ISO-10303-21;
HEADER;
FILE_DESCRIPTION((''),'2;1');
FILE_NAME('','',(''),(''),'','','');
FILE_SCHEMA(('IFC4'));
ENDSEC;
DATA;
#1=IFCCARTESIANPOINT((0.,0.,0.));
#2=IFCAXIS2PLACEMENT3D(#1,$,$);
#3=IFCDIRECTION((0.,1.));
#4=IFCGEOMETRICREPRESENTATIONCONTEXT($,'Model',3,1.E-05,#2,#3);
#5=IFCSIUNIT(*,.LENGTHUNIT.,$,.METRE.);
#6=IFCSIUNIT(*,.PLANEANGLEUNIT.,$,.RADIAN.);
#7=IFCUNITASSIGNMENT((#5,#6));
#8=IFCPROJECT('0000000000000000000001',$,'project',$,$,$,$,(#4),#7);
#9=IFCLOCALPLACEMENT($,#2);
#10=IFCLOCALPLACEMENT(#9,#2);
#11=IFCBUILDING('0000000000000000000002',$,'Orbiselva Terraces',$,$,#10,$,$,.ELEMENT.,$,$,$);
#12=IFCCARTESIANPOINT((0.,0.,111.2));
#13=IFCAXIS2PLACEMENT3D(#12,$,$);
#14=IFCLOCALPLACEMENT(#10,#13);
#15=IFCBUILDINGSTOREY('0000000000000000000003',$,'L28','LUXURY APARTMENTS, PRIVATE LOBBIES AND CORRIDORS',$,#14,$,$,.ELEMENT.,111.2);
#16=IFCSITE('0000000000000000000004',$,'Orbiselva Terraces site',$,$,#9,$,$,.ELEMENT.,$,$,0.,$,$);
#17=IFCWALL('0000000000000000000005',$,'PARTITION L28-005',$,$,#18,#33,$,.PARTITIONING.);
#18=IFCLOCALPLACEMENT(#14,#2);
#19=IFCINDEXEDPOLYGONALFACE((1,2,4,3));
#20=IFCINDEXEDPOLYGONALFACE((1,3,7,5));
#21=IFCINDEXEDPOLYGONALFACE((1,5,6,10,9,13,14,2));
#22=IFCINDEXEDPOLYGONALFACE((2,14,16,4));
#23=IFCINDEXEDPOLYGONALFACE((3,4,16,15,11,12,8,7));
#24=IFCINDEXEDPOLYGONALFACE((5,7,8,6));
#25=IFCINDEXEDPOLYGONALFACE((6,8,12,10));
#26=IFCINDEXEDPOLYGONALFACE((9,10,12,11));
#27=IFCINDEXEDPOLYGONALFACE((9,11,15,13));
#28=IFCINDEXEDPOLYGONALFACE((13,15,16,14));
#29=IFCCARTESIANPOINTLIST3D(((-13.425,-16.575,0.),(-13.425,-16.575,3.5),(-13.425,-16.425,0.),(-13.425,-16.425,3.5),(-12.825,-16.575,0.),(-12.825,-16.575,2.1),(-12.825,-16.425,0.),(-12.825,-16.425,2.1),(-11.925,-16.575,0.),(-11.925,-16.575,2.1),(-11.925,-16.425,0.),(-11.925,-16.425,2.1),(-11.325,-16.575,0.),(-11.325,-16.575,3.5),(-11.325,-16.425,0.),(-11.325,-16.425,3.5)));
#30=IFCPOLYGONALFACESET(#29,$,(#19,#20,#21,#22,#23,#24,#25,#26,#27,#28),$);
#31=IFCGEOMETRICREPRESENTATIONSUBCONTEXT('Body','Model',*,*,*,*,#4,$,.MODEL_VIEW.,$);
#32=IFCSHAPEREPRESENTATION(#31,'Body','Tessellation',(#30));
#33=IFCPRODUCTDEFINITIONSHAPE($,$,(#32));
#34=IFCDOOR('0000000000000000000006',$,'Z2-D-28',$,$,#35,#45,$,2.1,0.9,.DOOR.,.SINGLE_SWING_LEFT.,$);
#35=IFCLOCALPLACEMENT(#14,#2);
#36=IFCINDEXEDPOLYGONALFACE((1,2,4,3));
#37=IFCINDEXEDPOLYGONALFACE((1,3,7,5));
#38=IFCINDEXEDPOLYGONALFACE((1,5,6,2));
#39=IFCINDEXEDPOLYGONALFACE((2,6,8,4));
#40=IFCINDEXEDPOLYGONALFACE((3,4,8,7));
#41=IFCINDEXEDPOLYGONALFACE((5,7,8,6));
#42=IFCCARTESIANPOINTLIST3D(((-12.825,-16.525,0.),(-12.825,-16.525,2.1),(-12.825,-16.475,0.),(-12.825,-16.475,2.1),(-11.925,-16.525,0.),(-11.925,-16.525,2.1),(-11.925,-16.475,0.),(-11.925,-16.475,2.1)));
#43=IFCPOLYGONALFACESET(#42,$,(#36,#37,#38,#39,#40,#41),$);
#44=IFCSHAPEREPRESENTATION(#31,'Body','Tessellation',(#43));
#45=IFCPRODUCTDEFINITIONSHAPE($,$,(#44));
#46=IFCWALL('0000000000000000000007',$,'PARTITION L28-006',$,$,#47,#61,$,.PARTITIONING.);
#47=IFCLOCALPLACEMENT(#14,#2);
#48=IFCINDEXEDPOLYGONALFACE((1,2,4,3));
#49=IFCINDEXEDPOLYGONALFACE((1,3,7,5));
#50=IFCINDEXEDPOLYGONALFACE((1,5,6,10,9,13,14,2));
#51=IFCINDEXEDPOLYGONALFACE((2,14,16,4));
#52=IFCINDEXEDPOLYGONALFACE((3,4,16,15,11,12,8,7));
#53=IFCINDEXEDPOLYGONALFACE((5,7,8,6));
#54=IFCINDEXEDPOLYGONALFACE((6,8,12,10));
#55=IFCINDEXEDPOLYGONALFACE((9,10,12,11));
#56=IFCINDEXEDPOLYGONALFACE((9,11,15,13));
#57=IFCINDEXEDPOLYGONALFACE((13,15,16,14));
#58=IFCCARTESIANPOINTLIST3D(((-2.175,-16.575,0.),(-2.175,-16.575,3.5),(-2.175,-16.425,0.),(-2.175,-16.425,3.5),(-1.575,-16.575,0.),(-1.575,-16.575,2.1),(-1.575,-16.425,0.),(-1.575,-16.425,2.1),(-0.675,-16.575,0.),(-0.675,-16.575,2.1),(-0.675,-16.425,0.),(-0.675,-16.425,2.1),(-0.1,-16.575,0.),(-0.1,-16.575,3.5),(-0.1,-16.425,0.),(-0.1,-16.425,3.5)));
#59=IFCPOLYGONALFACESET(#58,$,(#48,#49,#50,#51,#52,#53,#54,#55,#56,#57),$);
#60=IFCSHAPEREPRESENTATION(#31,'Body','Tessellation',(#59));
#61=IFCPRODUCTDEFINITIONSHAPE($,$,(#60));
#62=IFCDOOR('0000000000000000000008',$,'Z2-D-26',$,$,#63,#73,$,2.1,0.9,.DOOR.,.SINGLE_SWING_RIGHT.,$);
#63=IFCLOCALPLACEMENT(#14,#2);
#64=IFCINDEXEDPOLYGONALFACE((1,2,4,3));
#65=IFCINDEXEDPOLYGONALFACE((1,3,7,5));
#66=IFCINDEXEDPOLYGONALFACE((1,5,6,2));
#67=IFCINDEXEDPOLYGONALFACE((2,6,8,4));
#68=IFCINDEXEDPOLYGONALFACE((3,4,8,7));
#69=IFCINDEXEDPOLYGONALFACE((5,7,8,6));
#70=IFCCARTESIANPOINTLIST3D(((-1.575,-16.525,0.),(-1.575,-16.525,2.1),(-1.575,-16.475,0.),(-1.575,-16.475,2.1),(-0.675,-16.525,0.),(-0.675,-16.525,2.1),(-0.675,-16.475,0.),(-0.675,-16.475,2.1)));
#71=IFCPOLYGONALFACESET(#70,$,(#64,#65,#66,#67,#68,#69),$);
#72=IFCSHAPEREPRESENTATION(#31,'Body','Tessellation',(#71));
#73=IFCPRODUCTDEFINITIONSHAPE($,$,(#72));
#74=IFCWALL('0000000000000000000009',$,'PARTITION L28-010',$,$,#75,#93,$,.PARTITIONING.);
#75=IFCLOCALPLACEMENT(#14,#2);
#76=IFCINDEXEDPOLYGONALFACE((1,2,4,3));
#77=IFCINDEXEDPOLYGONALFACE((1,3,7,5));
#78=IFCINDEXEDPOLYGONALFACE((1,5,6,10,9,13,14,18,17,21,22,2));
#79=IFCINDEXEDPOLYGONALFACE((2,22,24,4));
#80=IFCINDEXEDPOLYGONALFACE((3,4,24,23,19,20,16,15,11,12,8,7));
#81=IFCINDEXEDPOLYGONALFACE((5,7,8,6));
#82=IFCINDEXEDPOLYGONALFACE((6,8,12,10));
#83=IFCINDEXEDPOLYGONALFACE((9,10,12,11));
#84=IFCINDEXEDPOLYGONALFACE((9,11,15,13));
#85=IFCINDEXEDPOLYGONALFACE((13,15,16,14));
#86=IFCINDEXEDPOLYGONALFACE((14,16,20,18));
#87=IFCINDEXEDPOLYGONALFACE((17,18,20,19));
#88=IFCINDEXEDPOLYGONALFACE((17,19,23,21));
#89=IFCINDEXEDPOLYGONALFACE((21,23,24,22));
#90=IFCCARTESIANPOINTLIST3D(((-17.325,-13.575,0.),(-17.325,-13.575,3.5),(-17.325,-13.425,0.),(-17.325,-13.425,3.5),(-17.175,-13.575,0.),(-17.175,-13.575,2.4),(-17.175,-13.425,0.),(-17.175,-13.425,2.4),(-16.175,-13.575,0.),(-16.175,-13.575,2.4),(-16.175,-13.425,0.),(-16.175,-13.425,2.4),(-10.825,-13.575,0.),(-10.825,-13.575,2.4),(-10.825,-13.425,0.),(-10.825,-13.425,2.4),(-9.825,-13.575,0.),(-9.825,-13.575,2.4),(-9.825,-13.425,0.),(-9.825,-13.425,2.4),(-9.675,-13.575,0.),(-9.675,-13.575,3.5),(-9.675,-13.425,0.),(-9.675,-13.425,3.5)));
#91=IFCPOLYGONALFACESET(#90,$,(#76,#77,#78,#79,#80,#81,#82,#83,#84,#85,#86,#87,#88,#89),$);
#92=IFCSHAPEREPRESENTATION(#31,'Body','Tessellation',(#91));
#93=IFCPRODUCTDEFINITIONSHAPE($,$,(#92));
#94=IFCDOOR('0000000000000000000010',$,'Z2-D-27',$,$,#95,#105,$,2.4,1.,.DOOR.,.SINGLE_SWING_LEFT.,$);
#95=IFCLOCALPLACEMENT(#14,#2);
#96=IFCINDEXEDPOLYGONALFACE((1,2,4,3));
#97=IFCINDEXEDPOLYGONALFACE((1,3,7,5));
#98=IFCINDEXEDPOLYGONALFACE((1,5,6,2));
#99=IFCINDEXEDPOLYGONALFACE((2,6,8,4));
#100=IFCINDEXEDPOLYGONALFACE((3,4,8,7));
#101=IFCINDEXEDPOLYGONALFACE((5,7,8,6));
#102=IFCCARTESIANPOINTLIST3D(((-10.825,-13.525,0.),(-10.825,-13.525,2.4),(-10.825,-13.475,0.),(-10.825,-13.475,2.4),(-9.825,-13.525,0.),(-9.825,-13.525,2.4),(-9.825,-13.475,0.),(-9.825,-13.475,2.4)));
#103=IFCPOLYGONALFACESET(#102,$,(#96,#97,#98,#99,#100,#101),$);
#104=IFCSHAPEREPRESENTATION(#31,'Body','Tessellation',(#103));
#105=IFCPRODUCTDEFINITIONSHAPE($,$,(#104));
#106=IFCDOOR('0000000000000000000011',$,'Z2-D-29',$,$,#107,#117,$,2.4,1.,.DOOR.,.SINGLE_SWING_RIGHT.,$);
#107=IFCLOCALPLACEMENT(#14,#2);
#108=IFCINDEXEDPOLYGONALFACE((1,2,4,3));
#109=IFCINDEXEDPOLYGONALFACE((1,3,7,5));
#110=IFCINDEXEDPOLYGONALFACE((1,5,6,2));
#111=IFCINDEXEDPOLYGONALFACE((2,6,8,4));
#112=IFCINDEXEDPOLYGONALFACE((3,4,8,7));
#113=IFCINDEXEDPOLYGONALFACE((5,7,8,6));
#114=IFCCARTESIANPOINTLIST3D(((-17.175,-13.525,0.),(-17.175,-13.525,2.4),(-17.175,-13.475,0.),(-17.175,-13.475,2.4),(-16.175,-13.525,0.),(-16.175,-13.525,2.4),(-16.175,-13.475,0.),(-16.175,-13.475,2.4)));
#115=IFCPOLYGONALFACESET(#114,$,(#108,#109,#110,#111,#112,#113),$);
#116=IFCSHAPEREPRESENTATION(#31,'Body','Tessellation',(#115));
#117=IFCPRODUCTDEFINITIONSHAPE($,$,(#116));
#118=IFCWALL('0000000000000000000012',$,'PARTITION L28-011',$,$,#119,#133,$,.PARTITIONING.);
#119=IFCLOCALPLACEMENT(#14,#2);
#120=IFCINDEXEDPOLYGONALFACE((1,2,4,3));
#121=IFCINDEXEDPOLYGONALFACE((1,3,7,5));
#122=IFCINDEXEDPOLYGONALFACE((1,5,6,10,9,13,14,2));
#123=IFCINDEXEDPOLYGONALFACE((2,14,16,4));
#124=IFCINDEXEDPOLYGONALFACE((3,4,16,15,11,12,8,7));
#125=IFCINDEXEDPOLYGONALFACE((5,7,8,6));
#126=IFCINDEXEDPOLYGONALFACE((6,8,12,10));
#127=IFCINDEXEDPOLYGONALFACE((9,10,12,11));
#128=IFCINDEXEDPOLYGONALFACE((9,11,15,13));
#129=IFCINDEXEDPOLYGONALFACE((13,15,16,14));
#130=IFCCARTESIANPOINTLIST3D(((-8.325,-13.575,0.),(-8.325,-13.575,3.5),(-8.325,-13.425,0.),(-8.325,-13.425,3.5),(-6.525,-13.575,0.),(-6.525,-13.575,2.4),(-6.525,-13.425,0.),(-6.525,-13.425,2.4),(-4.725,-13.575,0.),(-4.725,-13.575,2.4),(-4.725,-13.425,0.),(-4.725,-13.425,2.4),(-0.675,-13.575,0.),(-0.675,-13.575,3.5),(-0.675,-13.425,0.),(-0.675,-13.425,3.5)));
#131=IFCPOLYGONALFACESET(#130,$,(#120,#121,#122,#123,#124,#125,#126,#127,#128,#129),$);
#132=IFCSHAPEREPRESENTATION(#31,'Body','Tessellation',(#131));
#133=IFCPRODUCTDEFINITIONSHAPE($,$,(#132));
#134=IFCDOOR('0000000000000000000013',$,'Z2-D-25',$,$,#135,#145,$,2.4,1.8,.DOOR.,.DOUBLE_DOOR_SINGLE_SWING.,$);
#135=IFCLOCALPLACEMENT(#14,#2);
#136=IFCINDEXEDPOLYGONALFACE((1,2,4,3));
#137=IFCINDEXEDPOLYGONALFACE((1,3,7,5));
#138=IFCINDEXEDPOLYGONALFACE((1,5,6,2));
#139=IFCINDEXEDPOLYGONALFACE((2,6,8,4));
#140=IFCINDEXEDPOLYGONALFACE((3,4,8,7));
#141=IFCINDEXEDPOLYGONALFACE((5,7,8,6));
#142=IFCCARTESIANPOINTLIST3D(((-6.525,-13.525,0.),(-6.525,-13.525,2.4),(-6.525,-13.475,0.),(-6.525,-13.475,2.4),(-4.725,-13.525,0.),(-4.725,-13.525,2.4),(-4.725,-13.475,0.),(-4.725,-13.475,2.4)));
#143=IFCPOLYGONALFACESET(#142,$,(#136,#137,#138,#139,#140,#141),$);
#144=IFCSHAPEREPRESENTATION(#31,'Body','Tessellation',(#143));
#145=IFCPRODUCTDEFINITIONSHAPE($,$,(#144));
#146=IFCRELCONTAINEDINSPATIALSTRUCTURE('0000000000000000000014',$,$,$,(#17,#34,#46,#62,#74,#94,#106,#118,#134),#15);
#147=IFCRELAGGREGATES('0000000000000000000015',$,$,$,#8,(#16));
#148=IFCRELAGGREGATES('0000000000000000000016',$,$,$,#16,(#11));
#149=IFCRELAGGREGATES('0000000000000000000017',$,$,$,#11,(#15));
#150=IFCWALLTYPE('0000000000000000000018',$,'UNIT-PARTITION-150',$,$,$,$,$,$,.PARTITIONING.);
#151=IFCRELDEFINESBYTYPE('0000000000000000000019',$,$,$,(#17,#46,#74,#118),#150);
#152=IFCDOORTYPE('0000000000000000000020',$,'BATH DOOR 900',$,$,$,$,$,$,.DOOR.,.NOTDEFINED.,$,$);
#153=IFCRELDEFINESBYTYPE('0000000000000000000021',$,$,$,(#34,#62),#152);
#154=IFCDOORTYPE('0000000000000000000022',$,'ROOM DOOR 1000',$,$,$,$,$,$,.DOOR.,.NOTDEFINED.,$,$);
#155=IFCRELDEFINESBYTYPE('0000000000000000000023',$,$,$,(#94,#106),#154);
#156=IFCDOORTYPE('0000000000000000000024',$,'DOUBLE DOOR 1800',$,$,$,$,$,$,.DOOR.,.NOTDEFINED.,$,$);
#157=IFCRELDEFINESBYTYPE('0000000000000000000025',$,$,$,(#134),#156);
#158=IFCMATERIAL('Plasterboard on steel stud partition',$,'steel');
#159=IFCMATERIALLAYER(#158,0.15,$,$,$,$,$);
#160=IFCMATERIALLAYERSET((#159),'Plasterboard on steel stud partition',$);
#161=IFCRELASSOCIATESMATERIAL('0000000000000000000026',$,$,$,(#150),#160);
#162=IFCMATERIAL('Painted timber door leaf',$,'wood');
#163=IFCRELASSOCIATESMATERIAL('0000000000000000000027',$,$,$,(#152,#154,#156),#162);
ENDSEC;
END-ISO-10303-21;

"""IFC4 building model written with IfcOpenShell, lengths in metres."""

from ifc_helpers import new_model, si_unit, direction, frame, frame_2d, origin, place, context, subcontext, project, spatial, rectangle, extrude, material, layer, layer_set, type_object, element, fill, save


model = new_model("IFC4")

# Units and contexts
model_context = context("Model", 3, precision=1e-05, world=origin(), true_north=direction((0.0, 1.0)))
body_context = subcontext(model_context, "Body", "Model", "MODEL_VIEW")
ifc_project = project(units=[si_unit("LENGTHUNIT", "METRE"), si_unit("PLANEANGLEUNIT", "RADIAN")], contexts=[model_context])

# Site, building, storey
site_placement = place(None, origin())
site = spatial("IfcSite", under=ifc_project, at=site_placement, Name="Orbiselva Terraces site", CompositionType="ELEMENT", RefElevation=0.0)
building_placement = place(site_placement, origin())
building = spatial("IfcBuilding", under=site, at=building_placement, Name="Orbiselva Terraces", CompositionType="ELEMENT")
storey_placement = place(building_placement, frame((0.0, 0.0, 111.2)))
storey = spatial("IfcBuildingStorey", under=building, at=storey_placement, Name="L28", Description="LUXURY APARTMENTS, PRIVATE LOBBIES AND CORRIDORS", CompositionType="ELEMENT", Elevation=111.2)

# Walls, openings, doors
ifc_material_1 = material(Name="Plasterboard on steel stud partition", Category="steel")
ifc_layer_1 = layer(ifc_material_1, 0.15)
ifc_layer_set_1 = layer_set([ifc_layer_1], Name="Plasterboard on steel stud partition")
wall_type_1 = type_object("IfcWallType", Name="UNIT-PARTITION-150", PredefinedType="PARTITIONING", material=ifc_layer_set_1)
wall_1_placement = place(storey_placement, frame((-13.425, -16.5, 0.0), z_axis=(0.0, 0.0, 1.0), x_axis=(1.0, 0.0, 0.0)))
wall_1 = element("IfcWall", 1, at=wall_1_placement, inside=storey, type_object=wall_type_1, Name="PARTITION L28-005", PredefinedType="PARTITIONING", context=body_context, shape_type="SweptSolid", body=[
    extrude(rectangle(XDim=2.1, YDim=0.15, at=frame_2d((1.05, 0.0))), origin(), (0.0, 0.0, 1.0), 3.5),
])
opening_1_placement = place(wall_1_placement, frame((0.6, 0.0, 0.0)))
opening_1 = element("IfcOpeningElement", 2, at=opening_1_placement, cuts=wall_1, PredefinedType="OPENING", context=body_context, shape_type="SweptSolid", body=[
    extrude(rectangle(XDim=0.9, YDim=2.1, at=frame_2d((0.45, 1.05))), frame((0.0, 0.085, 0.0), z_axis=(0.0, -1.0, 0.0), x_axis=(1.0, 0.0, 0.0)), (0.0, 0.0, 1.0), 0.17),
])
ifc_material_2 = material(Name="Painted timber door leaf", Category="wood")
door_type_1 = type_object("IfcDoorType", Name="BATH DOOR 900", OperationType="NOTDEFINED", PredefinedType="DOOR", material=ifc_material_2)
door_1_placement = place(opening_1_placement, origin())
door_1 = element("IfcDoor", 3, at=door_1_placement, inside=storey, type_object=door_type_1, Name="Z2-D-28", OperationType="SINGLE_SWING_LEFT", OverallHeight=2.1, OverallWidth=0.9, PredefinedType="DOOR", context=body_context, shape_type="SweptSolid", body=[
    extrude(rectangle(XDim=0.9, YDim=2.1, at=frame_2d((0.45, 1.05))), frame((0.0, 0.025, 0.0), z_axis=(0.0, -1.0, 0.0), x_axis=(1.0, 0.0, 0.0)), (0.0, 0.0, 1.0), 0.05),
])
fill(opening_1, door_1)
wall_2_placement = place(storey_placement, frame((-2.175, -16.5, 0.0), z_axis=(0.0, 0.0, 1.0), x_axis=(1.0, 0.0, 0.0)))
wall_2 = element("IfcWall", 4, at=wall_2_placement, inside=storey, type_object=wall_type_1, Name="PARTITION L28-006", PredefinedType="PARTITIONING", context=body_context, shape_type="SweptSolid", body=[
    extrude(rectangle(XDim=2.075, YDim=0.15, at=frame_2d((1.0375, 0.0))), origin(), (0.0, 0.0, 1.0), 3.5),
])
opening_2_placement = place(wall_2_placement, frame((0.6, 0.0, 0.0)))
opening_2 = element("IfcOpeningElement", 5, at=opening_2_placement, cuts=wall_2, PredefinedType="OPENING", context=body_context, shape_type="SweptSolid", body=[
    extrude(rectangle(XDim=0.9, YDim=2.1, at=frame_2d((0.45, 1.05))), frame((0.0, 0.085, 0.0), z_axis=(0.0, -1.0, 0.0), x_axis=(1.0, 0.0, 0.0)), (0.0, 0.0, 1.0), 0.17),
])
door_2_placement = place(opening_2_placement, origin())
door_2 = element("IfcDoor", 6, at=door_2_placement, inside=storey, type_object=door_type_1, Name="Z2-D-26", OperationType="SINGLE_SWING_RIGHT", OverallHeight=2.1, OverallWidth=0.9, PredefinedType="DOOR", context=body_context, shape_type="SweptSolid", body=[
    extrude(rectangle(XDim=0.9, YDim=2.1, at=frame_2d((0.45, 1.05))), frame((0.0, 0.025, 0.0), z_axis=(0.0, -1.0, 0.0), x_axis=(1.0, 0.0, 0.0)), (0.0, 0.0, 1.0), 0.05),
])
fill(opening_2, door_2)

# Wall, openings, doors
wall_3_placement = place(storey_placement, frame((-9.675, -13.5, 0.0), z_axis=(0.0, 0.0, 1.0), x_axis=(-1.0, 0.0, 0.0)))
wall_3 = element("IfcWall", 7, at=wall_3_placement, inside=storey, type_object=wall_type_1, Name="PARTITION L28-010", PredefinedType="PARTITIONING", context=body_context, shape_type="SweptSolid", body=[
    extrude(rectangle(XDim=7.65, YDim=0.15, at=frame_2d((3.825, 0.0))), origin(), (0.0, 0.0, 1.0), 3.5),
])
opening_3_placement = place(wall_3_placement, frame((0.15, 0.0, 0.0)))
opening_3 = element("IfcOpeningElement", 8, at=opening_3_placement, cuts=wall_3, PredefinedType="OPENING", context=body_context, shape_type="SweptSolid", body=[
    extrude(rectangle(XDim=1.0, YDim=2.4, at=frame_2d((0.5, 1.2))), frame((0.0, 0.085, 0.0), z_axis=(0.0, -1.0, 0.0), x_axis=(1.0, 0.0, 0.0)), (0.0, 0.0, 1.0), 0.17),
])
opening_4_placement = place(wall_3_placement, frame((6.5, 0.0, 0.0)))
opening_4 = element("IfcOpeningElement", 9, at=opening_4_placement, cuts=wall_3, PredefinedType="OPENING", context=body_context, shape_type="SweptSolid", body=[
    extrude(rectangle(XDim=1.0, YDim=2.4, at=frame_2d((0.5, 1.2))), frame((0.0, 0.085, 0.0), z_axis=(0.0, -1.0, 0.0), x_axis=(1.0, 0.0, 0.0)), (0.0, 0.0, 1.0), 0.17),
])
door_type_2 = type_object("IfcDoorType", Name="ROOM DOOR 1000", OperationType="NOTDEFINED", PredefinedType="DOOR", material=ifc_material_2)
door_3_placement = place(opening_3_placement, origin())
door_3 = element("IfcDoor", 10, at=door_3_placement, inside=storey, type_object=door_type_2, Name="Z2-D-27", OperationType="SINGLE_SWING_LEFT", OverallHeight=2.4, OverallWidth=1.0, PredefinedType="DOOR", context=body_context, shape_type="SweptSolid", body=[
    extrude(rectangle(XDim=1.0, YDim=2.4, at=frame_2d((0.5, 1.2))), frame((0.0, 0.025, 0.0), z_axis=(0.0, -1.0, 0.0), x_axis=(1.0, 0.0, 0.0)), (0.0, 0.0, 1.0), 0.05),
])
fill(opening_3, door_3)
door_4_placement = place(opening_4_placement, origin())
door_4 = element("IfcDoor", 11, at=door_4_placement, inside=storey, type_object=door_type_2, Name="Z2-D-29", OperationType="SINGLE_SWING_RIGHT", OverallHeight=2.4, OverallWidth=1.0, PredefinedType="DOOR", context=body_context, shape_type="SweptSolid", body=[
    extrude(rectangle(XDim=1.0, YDim=2.4, at=frame_2d((0.5, 1.2))), frame((0.0, 0.025, 0.0), z_axis=(0.0, -1.0, 0.0), x_axis=(1.0, 0.0, 0.0)), (0.0, 0.0, 1.0), 0.05),
])
fill(opening_4, door_4)

# Wall, opening, door
wall_4_placement = place(storey_placement, frame((-0.675, -13.5, 0.0), z_axis=(0.0, 0.0, 1.0), x_axis=(-1.0, 0.0, 0.0)))
wall_4 = element("IfcWall", 12, at=wall_4_placement, inside=storey, type_object=wall_type_1, Name="PARTITION L28-011", PredefinedType="PARTITIONING", context=body_context, shape_type="SweptSolid", body=[
    extrude(rectangle(XDim=7.65, YDim=0.15, at=frame_2d((3.825, 0.0))), origin(), (0.0, 0.0, 1.0), 3.5),
])
opening_5_placement = place(wall_4_placement, frame((4.05, 0.0, 0.0)))
opening_5 = element("IfcOpeningElement", 13, at=opening_5_placement, cuts=wall_4, PredefinedType="OPENING", context=body_context, shape_type="SweptSolid", body=[
    extrude(rectangle(XDim=1.8, YDim=2.4, at=frame_2d((0.9, 1.2))), frame((0.0, 0.085, 0.0), z_axis=(0.0, -1.0, 0.0), x_axis=(1.0, 0.0, 0.0)), (0.0, 0.0, 1.0), 0.17),
])
door_type_3 = type_object("IfcDoorType", Name="DOUBLE DOOR 1800", OperationType="NOTDEFINED", PredefinedType="DOOR", material=ifc_material_2)
door_5_placement = place(opening_5_placement, origin())
door_5 = element("IfcDoor", 14, at=door_5_placement, inside=storey, type_object=door_type_3, Name="Z2-D-25", OperationType="DOUBLE_DOOR_SINGLE_SWING", OverallHeight=2.4, OverallWidth=1.8, PredefinedType="DOOR", context=body_context, shape_type="SweptSolid", body=[
    extrude(rectangle(XDim=1.8, YDim=2.4, at=frame_2d((0.9, 1.2))), frame((0.0, 0.025, 0.0), z_axis=(0.0, -1.0, 0.0), x_axis=(1.0, 0.0, 0.0)), (0.0, 0.0, 1.0), 0.05),
])
fill(opening_5, door_5)

save(model, "model.ifc")
